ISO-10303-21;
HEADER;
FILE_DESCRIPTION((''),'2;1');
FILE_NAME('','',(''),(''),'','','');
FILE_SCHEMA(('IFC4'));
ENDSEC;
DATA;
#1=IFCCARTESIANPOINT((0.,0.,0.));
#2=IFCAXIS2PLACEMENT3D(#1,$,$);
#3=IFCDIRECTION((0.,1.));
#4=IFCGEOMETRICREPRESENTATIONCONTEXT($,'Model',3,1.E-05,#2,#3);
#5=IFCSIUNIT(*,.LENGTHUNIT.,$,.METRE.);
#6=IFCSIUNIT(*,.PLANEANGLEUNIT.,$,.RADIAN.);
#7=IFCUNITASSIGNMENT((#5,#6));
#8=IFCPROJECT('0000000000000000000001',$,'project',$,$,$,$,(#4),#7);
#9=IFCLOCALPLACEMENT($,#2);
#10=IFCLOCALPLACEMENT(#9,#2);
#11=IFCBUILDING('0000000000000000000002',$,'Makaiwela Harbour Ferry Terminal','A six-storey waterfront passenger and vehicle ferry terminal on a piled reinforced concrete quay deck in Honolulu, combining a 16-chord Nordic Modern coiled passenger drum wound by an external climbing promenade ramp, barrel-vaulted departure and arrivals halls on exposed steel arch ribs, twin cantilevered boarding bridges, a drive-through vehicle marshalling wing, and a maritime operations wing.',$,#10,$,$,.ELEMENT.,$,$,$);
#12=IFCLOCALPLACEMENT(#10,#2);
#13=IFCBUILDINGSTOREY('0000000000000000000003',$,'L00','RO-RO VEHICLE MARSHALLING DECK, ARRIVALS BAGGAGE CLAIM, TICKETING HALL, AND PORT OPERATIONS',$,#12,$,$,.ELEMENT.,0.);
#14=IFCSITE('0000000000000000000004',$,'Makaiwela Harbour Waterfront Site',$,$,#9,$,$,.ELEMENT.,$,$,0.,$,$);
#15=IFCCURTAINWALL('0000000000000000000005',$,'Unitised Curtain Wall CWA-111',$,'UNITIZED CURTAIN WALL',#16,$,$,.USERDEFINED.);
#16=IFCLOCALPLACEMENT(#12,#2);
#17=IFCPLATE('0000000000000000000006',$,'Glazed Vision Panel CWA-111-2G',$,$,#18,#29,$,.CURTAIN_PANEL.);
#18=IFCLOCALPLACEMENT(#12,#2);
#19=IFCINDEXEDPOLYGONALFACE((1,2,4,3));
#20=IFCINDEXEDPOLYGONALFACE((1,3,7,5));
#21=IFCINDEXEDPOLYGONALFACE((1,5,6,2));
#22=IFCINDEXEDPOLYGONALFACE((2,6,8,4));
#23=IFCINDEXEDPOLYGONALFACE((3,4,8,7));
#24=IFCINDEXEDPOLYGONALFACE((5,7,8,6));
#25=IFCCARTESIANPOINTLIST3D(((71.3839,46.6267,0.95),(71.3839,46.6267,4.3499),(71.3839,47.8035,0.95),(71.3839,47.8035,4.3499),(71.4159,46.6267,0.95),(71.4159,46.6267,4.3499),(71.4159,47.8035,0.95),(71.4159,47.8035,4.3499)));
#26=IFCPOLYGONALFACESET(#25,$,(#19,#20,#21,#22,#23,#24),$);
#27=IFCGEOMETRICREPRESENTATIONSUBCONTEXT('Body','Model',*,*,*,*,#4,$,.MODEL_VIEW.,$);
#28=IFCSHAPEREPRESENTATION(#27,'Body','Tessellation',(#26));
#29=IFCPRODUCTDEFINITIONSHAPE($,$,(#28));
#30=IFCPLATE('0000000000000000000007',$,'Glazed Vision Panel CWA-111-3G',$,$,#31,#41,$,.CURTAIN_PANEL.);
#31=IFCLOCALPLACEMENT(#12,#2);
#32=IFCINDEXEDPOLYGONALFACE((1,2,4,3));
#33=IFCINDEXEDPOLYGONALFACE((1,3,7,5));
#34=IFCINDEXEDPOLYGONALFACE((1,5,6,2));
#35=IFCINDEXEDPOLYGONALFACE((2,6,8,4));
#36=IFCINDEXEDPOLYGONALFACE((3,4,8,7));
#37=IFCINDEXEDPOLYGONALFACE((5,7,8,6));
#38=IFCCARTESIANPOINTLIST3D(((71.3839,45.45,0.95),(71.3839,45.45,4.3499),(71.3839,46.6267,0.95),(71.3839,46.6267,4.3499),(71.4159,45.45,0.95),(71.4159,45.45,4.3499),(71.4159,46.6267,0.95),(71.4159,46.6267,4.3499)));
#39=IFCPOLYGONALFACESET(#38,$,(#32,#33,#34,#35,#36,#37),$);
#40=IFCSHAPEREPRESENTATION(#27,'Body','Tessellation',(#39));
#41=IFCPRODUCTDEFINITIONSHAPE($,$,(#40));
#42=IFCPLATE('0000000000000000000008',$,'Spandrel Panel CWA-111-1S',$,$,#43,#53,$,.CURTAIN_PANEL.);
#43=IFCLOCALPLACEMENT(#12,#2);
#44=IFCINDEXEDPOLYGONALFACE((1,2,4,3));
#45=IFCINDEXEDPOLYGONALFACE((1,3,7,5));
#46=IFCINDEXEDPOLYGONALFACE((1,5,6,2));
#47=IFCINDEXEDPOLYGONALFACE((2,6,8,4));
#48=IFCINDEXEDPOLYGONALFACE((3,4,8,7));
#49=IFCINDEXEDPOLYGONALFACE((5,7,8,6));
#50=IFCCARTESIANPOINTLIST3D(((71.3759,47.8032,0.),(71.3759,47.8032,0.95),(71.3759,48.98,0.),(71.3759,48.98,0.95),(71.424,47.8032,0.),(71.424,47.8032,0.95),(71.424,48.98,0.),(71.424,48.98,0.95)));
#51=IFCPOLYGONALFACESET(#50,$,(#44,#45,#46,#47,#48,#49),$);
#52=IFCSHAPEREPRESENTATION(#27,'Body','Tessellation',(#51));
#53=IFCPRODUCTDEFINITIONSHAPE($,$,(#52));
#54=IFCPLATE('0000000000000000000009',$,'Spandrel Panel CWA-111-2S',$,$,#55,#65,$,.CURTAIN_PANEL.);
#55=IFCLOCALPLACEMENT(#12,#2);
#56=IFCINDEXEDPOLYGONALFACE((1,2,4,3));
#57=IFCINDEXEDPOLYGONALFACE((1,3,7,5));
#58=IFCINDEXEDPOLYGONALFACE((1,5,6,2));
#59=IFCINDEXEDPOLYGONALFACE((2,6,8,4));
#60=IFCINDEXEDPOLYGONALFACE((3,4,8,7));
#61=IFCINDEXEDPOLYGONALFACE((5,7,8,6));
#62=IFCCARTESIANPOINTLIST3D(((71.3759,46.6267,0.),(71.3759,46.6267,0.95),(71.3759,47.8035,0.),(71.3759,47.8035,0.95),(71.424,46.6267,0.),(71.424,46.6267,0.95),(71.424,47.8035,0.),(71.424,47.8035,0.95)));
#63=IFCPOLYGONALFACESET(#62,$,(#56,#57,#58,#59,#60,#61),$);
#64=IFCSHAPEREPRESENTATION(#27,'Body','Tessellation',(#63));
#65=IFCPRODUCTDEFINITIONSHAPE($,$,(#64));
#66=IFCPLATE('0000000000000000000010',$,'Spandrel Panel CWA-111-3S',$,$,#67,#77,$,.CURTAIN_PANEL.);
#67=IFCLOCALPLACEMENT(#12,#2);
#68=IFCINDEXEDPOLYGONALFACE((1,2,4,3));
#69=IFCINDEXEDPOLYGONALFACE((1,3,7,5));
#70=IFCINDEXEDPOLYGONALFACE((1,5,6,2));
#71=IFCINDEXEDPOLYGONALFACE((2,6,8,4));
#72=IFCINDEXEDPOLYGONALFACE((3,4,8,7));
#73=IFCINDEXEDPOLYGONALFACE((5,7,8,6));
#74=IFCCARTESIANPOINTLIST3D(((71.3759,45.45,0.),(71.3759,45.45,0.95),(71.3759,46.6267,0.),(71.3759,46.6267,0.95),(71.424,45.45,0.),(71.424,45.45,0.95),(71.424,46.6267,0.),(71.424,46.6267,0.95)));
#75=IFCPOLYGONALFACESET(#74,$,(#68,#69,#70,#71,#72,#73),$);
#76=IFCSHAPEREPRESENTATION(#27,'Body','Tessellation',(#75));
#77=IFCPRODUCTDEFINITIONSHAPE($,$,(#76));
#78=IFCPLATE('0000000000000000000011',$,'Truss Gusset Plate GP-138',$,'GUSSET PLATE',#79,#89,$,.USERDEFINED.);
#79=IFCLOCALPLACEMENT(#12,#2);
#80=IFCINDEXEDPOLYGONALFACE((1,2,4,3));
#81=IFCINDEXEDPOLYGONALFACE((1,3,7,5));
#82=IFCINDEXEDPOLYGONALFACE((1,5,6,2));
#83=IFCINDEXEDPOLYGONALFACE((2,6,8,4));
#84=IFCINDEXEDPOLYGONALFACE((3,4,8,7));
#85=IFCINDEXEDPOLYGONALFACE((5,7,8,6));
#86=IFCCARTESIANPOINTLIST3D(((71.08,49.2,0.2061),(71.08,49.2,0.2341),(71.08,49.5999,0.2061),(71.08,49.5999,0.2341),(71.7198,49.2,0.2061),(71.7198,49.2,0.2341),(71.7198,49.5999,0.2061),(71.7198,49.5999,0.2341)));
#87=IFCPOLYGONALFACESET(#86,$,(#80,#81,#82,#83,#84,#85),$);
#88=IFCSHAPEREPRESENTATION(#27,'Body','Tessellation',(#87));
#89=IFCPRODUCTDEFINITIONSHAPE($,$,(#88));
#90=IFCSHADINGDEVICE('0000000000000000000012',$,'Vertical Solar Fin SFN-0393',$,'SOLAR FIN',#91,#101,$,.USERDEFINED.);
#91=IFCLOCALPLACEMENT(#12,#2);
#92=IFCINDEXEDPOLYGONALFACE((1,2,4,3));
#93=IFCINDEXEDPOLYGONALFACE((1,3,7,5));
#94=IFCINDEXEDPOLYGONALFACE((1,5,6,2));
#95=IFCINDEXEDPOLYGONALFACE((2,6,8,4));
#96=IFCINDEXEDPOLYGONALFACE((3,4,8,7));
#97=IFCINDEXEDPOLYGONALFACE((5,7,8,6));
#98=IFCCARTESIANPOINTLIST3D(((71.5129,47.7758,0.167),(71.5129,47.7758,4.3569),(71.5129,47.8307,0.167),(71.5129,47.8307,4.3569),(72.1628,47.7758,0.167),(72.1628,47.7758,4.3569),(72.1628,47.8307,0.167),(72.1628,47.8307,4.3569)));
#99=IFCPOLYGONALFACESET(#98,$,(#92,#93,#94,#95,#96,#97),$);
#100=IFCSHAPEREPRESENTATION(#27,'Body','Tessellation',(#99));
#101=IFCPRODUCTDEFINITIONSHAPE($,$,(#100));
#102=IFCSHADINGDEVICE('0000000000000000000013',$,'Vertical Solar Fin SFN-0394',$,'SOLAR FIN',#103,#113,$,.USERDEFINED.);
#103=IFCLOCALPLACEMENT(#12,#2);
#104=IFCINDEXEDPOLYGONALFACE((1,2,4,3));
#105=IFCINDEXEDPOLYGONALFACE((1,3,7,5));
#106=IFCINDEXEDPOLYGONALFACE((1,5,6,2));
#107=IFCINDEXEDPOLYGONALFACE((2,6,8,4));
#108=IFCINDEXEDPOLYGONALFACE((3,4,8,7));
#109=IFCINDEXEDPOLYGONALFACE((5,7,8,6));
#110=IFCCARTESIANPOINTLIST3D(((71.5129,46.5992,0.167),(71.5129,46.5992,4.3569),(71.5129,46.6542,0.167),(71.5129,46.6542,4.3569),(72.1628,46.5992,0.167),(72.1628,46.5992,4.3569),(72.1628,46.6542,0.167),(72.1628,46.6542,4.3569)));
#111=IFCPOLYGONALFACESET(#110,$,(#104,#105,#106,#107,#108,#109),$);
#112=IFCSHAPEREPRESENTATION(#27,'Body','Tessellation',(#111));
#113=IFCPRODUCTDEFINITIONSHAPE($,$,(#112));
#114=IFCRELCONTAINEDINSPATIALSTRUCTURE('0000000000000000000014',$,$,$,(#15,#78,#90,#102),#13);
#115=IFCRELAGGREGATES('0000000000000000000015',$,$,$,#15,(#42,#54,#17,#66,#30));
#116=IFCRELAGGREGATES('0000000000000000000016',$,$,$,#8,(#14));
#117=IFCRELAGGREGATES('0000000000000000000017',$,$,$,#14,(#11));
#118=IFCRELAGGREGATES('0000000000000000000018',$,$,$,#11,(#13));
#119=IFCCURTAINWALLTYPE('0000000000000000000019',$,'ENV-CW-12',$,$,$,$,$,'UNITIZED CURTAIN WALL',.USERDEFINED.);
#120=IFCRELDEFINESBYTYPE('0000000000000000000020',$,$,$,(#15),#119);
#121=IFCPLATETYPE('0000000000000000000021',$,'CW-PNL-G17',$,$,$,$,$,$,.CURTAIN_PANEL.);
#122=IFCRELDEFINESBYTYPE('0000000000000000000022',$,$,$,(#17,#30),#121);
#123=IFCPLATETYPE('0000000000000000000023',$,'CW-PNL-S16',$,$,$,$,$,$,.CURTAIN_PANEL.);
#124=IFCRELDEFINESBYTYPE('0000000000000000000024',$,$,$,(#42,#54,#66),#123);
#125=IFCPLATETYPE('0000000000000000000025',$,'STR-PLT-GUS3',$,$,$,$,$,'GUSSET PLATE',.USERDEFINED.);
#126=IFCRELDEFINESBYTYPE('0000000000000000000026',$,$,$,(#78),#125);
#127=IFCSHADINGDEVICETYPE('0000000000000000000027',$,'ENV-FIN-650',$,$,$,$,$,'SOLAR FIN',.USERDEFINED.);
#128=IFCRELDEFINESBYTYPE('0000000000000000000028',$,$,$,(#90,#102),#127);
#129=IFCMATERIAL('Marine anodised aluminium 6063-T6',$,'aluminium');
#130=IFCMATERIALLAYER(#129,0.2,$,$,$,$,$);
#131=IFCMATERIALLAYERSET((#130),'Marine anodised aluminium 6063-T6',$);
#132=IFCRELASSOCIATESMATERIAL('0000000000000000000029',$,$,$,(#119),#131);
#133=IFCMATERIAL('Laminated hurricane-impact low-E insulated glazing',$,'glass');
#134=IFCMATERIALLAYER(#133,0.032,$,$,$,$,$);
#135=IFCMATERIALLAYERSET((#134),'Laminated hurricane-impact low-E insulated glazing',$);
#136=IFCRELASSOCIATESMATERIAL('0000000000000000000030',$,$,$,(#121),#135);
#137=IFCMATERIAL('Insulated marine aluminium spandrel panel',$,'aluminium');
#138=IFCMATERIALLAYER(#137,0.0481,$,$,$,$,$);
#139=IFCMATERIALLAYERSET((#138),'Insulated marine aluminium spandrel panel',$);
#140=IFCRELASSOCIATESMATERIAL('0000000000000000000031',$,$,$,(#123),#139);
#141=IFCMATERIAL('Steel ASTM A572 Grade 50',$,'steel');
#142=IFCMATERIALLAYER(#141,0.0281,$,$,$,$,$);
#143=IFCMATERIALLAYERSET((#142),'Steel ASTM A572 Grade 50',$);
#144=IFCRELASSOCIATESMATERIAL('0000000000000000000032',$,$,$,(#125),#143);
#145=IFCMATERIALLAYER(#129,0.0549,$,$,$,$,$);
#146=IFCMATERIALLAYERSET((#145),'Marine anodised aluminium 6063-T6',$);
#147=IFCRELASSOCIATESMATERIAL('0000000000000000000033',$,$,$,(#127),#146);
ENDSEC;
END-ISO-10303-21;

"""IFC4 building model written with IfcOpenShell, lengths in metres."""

from ifc_helpers import new_model, si_unit, direction, frame, origin, origin_2d, place, context, subcontext, project, spatial, rectangle, extrude, material, layer, layer_set, type_object, element, aggregate, save


model = new_model("IFC4")

# Units and contexts
model_context = context("Model", 3, precision=1e-05, world=origin(), true_north=direction((0.0, 1.0)))
body_context = subcontext(model_context, "Body", "Model", "MODEL_VIEW")
ifc_project = project(units=[si_unit("LENGTHUNIT", "METRE"), si_unit("PLANEANGLEUNIT", "RADIAN")], contexts=[model_context])

# Site, building, storey
site_placement = place(None, origin())
site = spatial("IfcSite", under=ifc_project, at=site_placement, Name="Makaiwela Harbour Waterfront Site", CompositionType="ELEMENT", RefElevation=0.0)
building_placement = place(site_placement, origin())
building = spatial("IfcBuilding", under=site, at=building_placement, Name="Makaiwela Harbour Ferry Terminal", Description="A six-storey waterfront passenger and vehicle ferry terminal on a piled reinforced concrete quay deck in Honolulu, combining a 16-chord Nordic Modern coiled passenger drum wound by an external climbing promenade ramp, barrel-vaulted departure and arrivals halls on exposed steel arch ribs, twin cantilevered boarding bridges, a drive-through vehicle marshalling wing, and a maritime operations wing.", CompositionType="ELEMENT")
storey_placement = place(building_placement, origin())
storey = spatial("IfcBuildingStorey", under=building, at=storey_placement, Name="L00", Description="RO-RO VEHICLE MARSHALLING DECK, ARRIVALS BAGGAGE CLAIM, TICKETING HALL, AND PORT OPERATIONS", CompositionType="ELEMENT", Elevation=0.0)

# Curtain wall
ifc_material_1 = material(Name="Marine anodised aluminium 6063-T6", Category="aluminium")
ifc_layer_1 = layer(ifc_material_1, 0.2)
ifc_layer_set_1 = layer_set([ifc_layer_1], Name="Marine anodised aluminium 6063-T6")
curtain_wall_type = type_object("IfcCurtainWallType", Name="ENV-CW-12", ElementType="UNITIZED CURTAIN WALL", PredefinedType="USERDEFINED", material=ifc_layer_set_1)
curtain_wall_placement = place(storey_placement, origin())
curtain_wall = element("IfcCurtainWall", 1, at=curtain_wall_placement, inside=storey, type_object=curtain_wall_type, Name="Unitised Curtain Wall CWA-111", ObjectType="UNITIZED CURTAIN WALL", PredefinedType="USERDEFINED")

# Plates
ifc_material_2 = material(Name="Laminated hurricane-impact low-E insulated glazing", Category="glass")
ifc_layer_2 = layer(ifc_material_2, 0.032)
ifc_layer_set_2 = layer_set([ifc_layer_2], Name="Laminated hurricane-impact low-E insulated glazing")
plate_type_1 = type_object("IfcPlateType", Name="CW-PNL-G17", PredefinedType="CURTAIN_PANEL", material=ifc_layer_set_2)
plate_1_placement = place(storey_placement, frame((71.3999, 47.2151, 0.95), z_axis=(0.0, 0.0, 1.0), x_axis=(0.0, -1.0, 0.0)))
plate_1 = element("IfcPlate", 2, at=plate_1_placement, type_object=plate_type_1, Name="Glazed Vision Panel CWA-111-2G", PredefinedType="CURTAIN_PANEL", context=body_context, shape_type="SweptSolid", body=[
    extrude(rectangle(XDim=1.1768, YDim=0.032, at=origin_2d()), origin(), (0.0, 0.0, 1.0), 3.3999),
])
plate_2_placement = place(storey_placement, frame((71.3999, 46.0383, 0.95), z_axis=(0.0, 0.0, 1.0), x_axis=(0.0, -1.0, 0.0)))
plate_2 = element("IfcPlate", 3, at=plate_2_placement, type_object=plate_type_1, Name="Glazed Vision Panel CWA-111-3G", PredefinedType="CURTAIN_PANEL", context=body_context, shape_type="SweptSolid", body=[
    extrude(rectangle(XDim=1.1768, YDim=0.032, at=origin_2d()), origin(), (0.0, 0.0, 1.0), 3.3999),
])
ifc_material_3 = material(Name="Insulated marine aluminium spandrel panel", Category="aluminium")
ifc_layer_3 = layer(ifc_material_3, 0.0481)
ifc_layer_set_3 = layer_set([ifc_layer_3], Name="Insulated marine aluminium spandrel panel")
plate_type_2 = type_object("IfcPlateType", Name="CW-PNL-S16", PredefinedType="CURTAIN_PANEL", material=ifc_layer_set_3)
plate_3_placement = place(storey_placement, frame((71.3999, 48.3916, 0.0), z_axis=(0.0, 0.0, 1.0), x_axis=(0.0, -1.0, 0.0)))
plate_3 = element("IfcPlate", 4, at=plate_3_placement, type_object=plate_type_2, Name="Spandrel Panel CWA-111-1S", PredefinedType="CURTAIN_PANEL", context=body_context, shape_type="SweptSolid", body=[
    extrude(rectangle(XDim=1.1768, YDim=0.0481, at=origin_2d()), origin(), (0.0, 0.0, 1.0), 0.95),
])
plate_4_placement = place(storey_placement, frame((71.3999, 47.2151, 0.0), z_axis=(0.0, 0.0, 1.0), x_axis=(0.0, -1.0, 0.0)))
plate_4 = element("IfcPlate", 5, at=plate_4_placement, type_object=plate_type_2, Name="Spandrel Panel CWA-111-2S", PredefinedType="CURTAIN_PANEL", context=body_context, shape_type="SweptSolid", body=[
    extrude(rectangle(XDim=1.1768, YDim=0.0481, at=origin_2d()), origin(), (0.0, 0.0, 1.0), 0.95),
])
plate_5_placement = place(storey_placement, frame((71.3999, 46.0383, 0.0), z_axis=(0.0, 0.0, 1.0), x_axis=(0.0, -1.0, 0.0)))
plate_5 = element("IfcPlate", 6, at=plate_5_placement, type_object=plate_type_2, Name="Spandrel Panel CWA-111-3S", PredefinedType="CURTAIN_PANEL", context=body_context, shape_type="SweptSolid", body=[
    extrude(rectangle(XDim=1.1768, YDim=0.0481, at=origin_2d()), origin(), (0.0, 0.0, 1.0), 0.95),
])
aggregate(curtain_wall, [plate_3, plate_4, plate_1, plate_5, plate_2])
ifc_material_4 = material(Name="Steel ASTM A572 Grade 50", Category="steel")
ifc_layer_4 = layer(ifc_material_4, 0.0281)
ifc_layer_set_4 = layer_set([ifc_layer_4], Name="Steel ASTM A572 Grade 50")
plate_type_3 = type_object("IfcPlateType", Name="STR-PLT-GUS3", ElementType="GUSSET PLATE", PredefinedType="USERDEFINED", material=ifc_layer_set_4)
plate_6_placement = place(storey_placement, frame((71.3999, 49.3999, 0.2061), z_axis=(0.0, 0.0, 1.0), x_axis=(1.0, 0.0, 0.0)))
element("IfcPlate", 7, at=plate_6_placement, inside=storey, type_object=plate_type_3, Name="Truss Gusset Plate GP-138", ObjectType="GUSSET PLATE", PredefinedType="USERDEFINED", context=body_context, shape_type="SweptSolid", body=[
    extrude(rectangle(XDim=0.6399, YDim=0.3999, at=origin_2d()), origin(), (0.0, 0.0, 1.0), 0.0281),
])

# Shading devices
ifc_layer_5 = layer(ifc_material_1, 0.0549)
ifc_layer_set_5 = layer_set([ifc_layer_5], Name="Marine anodised aluminium 6063-T6")
shading_device_type = type_object("IfcShadingDeviceType", Name="ENV-FIN-650", ElementType="SOLAR FIN", PredefinedType="USERDEFINED", material=ifc_layer_set_5)
for number, where, z_axis, x_axis, name in (
    (8, (71.8379, 47.8032, 0.167), (0.0, 0.0, 1.0), (1.0, 0.0, 0.0), "Vertical Solar Fin SFN-0393"),
    (9, (71.8379, 46.6267, 0.167), (0.0, 0.0, 1.0), (1.0, 0.0, 0.0), "Vertical Solar Fin SFN-0394"),
):
    element("IfcShadingDevice", number, at=place(storey_placement, frame(where, z_axis=z_axis, x_axis=x_axis)), inside=storey, type_object=shading_device_type, Name=name, ObjectType="SOLAR FIN", PredefinedType="USERDEFINED", context=body_context, shape_type="SweptSolid", body=[
        extrude(rectangle(XDim=0.6499, YDim=0.0549, at=origin_2d()), origin(), (0.0, 0.0, 1.0), 4.1899),
    ])

save(model, "model.ifc")
